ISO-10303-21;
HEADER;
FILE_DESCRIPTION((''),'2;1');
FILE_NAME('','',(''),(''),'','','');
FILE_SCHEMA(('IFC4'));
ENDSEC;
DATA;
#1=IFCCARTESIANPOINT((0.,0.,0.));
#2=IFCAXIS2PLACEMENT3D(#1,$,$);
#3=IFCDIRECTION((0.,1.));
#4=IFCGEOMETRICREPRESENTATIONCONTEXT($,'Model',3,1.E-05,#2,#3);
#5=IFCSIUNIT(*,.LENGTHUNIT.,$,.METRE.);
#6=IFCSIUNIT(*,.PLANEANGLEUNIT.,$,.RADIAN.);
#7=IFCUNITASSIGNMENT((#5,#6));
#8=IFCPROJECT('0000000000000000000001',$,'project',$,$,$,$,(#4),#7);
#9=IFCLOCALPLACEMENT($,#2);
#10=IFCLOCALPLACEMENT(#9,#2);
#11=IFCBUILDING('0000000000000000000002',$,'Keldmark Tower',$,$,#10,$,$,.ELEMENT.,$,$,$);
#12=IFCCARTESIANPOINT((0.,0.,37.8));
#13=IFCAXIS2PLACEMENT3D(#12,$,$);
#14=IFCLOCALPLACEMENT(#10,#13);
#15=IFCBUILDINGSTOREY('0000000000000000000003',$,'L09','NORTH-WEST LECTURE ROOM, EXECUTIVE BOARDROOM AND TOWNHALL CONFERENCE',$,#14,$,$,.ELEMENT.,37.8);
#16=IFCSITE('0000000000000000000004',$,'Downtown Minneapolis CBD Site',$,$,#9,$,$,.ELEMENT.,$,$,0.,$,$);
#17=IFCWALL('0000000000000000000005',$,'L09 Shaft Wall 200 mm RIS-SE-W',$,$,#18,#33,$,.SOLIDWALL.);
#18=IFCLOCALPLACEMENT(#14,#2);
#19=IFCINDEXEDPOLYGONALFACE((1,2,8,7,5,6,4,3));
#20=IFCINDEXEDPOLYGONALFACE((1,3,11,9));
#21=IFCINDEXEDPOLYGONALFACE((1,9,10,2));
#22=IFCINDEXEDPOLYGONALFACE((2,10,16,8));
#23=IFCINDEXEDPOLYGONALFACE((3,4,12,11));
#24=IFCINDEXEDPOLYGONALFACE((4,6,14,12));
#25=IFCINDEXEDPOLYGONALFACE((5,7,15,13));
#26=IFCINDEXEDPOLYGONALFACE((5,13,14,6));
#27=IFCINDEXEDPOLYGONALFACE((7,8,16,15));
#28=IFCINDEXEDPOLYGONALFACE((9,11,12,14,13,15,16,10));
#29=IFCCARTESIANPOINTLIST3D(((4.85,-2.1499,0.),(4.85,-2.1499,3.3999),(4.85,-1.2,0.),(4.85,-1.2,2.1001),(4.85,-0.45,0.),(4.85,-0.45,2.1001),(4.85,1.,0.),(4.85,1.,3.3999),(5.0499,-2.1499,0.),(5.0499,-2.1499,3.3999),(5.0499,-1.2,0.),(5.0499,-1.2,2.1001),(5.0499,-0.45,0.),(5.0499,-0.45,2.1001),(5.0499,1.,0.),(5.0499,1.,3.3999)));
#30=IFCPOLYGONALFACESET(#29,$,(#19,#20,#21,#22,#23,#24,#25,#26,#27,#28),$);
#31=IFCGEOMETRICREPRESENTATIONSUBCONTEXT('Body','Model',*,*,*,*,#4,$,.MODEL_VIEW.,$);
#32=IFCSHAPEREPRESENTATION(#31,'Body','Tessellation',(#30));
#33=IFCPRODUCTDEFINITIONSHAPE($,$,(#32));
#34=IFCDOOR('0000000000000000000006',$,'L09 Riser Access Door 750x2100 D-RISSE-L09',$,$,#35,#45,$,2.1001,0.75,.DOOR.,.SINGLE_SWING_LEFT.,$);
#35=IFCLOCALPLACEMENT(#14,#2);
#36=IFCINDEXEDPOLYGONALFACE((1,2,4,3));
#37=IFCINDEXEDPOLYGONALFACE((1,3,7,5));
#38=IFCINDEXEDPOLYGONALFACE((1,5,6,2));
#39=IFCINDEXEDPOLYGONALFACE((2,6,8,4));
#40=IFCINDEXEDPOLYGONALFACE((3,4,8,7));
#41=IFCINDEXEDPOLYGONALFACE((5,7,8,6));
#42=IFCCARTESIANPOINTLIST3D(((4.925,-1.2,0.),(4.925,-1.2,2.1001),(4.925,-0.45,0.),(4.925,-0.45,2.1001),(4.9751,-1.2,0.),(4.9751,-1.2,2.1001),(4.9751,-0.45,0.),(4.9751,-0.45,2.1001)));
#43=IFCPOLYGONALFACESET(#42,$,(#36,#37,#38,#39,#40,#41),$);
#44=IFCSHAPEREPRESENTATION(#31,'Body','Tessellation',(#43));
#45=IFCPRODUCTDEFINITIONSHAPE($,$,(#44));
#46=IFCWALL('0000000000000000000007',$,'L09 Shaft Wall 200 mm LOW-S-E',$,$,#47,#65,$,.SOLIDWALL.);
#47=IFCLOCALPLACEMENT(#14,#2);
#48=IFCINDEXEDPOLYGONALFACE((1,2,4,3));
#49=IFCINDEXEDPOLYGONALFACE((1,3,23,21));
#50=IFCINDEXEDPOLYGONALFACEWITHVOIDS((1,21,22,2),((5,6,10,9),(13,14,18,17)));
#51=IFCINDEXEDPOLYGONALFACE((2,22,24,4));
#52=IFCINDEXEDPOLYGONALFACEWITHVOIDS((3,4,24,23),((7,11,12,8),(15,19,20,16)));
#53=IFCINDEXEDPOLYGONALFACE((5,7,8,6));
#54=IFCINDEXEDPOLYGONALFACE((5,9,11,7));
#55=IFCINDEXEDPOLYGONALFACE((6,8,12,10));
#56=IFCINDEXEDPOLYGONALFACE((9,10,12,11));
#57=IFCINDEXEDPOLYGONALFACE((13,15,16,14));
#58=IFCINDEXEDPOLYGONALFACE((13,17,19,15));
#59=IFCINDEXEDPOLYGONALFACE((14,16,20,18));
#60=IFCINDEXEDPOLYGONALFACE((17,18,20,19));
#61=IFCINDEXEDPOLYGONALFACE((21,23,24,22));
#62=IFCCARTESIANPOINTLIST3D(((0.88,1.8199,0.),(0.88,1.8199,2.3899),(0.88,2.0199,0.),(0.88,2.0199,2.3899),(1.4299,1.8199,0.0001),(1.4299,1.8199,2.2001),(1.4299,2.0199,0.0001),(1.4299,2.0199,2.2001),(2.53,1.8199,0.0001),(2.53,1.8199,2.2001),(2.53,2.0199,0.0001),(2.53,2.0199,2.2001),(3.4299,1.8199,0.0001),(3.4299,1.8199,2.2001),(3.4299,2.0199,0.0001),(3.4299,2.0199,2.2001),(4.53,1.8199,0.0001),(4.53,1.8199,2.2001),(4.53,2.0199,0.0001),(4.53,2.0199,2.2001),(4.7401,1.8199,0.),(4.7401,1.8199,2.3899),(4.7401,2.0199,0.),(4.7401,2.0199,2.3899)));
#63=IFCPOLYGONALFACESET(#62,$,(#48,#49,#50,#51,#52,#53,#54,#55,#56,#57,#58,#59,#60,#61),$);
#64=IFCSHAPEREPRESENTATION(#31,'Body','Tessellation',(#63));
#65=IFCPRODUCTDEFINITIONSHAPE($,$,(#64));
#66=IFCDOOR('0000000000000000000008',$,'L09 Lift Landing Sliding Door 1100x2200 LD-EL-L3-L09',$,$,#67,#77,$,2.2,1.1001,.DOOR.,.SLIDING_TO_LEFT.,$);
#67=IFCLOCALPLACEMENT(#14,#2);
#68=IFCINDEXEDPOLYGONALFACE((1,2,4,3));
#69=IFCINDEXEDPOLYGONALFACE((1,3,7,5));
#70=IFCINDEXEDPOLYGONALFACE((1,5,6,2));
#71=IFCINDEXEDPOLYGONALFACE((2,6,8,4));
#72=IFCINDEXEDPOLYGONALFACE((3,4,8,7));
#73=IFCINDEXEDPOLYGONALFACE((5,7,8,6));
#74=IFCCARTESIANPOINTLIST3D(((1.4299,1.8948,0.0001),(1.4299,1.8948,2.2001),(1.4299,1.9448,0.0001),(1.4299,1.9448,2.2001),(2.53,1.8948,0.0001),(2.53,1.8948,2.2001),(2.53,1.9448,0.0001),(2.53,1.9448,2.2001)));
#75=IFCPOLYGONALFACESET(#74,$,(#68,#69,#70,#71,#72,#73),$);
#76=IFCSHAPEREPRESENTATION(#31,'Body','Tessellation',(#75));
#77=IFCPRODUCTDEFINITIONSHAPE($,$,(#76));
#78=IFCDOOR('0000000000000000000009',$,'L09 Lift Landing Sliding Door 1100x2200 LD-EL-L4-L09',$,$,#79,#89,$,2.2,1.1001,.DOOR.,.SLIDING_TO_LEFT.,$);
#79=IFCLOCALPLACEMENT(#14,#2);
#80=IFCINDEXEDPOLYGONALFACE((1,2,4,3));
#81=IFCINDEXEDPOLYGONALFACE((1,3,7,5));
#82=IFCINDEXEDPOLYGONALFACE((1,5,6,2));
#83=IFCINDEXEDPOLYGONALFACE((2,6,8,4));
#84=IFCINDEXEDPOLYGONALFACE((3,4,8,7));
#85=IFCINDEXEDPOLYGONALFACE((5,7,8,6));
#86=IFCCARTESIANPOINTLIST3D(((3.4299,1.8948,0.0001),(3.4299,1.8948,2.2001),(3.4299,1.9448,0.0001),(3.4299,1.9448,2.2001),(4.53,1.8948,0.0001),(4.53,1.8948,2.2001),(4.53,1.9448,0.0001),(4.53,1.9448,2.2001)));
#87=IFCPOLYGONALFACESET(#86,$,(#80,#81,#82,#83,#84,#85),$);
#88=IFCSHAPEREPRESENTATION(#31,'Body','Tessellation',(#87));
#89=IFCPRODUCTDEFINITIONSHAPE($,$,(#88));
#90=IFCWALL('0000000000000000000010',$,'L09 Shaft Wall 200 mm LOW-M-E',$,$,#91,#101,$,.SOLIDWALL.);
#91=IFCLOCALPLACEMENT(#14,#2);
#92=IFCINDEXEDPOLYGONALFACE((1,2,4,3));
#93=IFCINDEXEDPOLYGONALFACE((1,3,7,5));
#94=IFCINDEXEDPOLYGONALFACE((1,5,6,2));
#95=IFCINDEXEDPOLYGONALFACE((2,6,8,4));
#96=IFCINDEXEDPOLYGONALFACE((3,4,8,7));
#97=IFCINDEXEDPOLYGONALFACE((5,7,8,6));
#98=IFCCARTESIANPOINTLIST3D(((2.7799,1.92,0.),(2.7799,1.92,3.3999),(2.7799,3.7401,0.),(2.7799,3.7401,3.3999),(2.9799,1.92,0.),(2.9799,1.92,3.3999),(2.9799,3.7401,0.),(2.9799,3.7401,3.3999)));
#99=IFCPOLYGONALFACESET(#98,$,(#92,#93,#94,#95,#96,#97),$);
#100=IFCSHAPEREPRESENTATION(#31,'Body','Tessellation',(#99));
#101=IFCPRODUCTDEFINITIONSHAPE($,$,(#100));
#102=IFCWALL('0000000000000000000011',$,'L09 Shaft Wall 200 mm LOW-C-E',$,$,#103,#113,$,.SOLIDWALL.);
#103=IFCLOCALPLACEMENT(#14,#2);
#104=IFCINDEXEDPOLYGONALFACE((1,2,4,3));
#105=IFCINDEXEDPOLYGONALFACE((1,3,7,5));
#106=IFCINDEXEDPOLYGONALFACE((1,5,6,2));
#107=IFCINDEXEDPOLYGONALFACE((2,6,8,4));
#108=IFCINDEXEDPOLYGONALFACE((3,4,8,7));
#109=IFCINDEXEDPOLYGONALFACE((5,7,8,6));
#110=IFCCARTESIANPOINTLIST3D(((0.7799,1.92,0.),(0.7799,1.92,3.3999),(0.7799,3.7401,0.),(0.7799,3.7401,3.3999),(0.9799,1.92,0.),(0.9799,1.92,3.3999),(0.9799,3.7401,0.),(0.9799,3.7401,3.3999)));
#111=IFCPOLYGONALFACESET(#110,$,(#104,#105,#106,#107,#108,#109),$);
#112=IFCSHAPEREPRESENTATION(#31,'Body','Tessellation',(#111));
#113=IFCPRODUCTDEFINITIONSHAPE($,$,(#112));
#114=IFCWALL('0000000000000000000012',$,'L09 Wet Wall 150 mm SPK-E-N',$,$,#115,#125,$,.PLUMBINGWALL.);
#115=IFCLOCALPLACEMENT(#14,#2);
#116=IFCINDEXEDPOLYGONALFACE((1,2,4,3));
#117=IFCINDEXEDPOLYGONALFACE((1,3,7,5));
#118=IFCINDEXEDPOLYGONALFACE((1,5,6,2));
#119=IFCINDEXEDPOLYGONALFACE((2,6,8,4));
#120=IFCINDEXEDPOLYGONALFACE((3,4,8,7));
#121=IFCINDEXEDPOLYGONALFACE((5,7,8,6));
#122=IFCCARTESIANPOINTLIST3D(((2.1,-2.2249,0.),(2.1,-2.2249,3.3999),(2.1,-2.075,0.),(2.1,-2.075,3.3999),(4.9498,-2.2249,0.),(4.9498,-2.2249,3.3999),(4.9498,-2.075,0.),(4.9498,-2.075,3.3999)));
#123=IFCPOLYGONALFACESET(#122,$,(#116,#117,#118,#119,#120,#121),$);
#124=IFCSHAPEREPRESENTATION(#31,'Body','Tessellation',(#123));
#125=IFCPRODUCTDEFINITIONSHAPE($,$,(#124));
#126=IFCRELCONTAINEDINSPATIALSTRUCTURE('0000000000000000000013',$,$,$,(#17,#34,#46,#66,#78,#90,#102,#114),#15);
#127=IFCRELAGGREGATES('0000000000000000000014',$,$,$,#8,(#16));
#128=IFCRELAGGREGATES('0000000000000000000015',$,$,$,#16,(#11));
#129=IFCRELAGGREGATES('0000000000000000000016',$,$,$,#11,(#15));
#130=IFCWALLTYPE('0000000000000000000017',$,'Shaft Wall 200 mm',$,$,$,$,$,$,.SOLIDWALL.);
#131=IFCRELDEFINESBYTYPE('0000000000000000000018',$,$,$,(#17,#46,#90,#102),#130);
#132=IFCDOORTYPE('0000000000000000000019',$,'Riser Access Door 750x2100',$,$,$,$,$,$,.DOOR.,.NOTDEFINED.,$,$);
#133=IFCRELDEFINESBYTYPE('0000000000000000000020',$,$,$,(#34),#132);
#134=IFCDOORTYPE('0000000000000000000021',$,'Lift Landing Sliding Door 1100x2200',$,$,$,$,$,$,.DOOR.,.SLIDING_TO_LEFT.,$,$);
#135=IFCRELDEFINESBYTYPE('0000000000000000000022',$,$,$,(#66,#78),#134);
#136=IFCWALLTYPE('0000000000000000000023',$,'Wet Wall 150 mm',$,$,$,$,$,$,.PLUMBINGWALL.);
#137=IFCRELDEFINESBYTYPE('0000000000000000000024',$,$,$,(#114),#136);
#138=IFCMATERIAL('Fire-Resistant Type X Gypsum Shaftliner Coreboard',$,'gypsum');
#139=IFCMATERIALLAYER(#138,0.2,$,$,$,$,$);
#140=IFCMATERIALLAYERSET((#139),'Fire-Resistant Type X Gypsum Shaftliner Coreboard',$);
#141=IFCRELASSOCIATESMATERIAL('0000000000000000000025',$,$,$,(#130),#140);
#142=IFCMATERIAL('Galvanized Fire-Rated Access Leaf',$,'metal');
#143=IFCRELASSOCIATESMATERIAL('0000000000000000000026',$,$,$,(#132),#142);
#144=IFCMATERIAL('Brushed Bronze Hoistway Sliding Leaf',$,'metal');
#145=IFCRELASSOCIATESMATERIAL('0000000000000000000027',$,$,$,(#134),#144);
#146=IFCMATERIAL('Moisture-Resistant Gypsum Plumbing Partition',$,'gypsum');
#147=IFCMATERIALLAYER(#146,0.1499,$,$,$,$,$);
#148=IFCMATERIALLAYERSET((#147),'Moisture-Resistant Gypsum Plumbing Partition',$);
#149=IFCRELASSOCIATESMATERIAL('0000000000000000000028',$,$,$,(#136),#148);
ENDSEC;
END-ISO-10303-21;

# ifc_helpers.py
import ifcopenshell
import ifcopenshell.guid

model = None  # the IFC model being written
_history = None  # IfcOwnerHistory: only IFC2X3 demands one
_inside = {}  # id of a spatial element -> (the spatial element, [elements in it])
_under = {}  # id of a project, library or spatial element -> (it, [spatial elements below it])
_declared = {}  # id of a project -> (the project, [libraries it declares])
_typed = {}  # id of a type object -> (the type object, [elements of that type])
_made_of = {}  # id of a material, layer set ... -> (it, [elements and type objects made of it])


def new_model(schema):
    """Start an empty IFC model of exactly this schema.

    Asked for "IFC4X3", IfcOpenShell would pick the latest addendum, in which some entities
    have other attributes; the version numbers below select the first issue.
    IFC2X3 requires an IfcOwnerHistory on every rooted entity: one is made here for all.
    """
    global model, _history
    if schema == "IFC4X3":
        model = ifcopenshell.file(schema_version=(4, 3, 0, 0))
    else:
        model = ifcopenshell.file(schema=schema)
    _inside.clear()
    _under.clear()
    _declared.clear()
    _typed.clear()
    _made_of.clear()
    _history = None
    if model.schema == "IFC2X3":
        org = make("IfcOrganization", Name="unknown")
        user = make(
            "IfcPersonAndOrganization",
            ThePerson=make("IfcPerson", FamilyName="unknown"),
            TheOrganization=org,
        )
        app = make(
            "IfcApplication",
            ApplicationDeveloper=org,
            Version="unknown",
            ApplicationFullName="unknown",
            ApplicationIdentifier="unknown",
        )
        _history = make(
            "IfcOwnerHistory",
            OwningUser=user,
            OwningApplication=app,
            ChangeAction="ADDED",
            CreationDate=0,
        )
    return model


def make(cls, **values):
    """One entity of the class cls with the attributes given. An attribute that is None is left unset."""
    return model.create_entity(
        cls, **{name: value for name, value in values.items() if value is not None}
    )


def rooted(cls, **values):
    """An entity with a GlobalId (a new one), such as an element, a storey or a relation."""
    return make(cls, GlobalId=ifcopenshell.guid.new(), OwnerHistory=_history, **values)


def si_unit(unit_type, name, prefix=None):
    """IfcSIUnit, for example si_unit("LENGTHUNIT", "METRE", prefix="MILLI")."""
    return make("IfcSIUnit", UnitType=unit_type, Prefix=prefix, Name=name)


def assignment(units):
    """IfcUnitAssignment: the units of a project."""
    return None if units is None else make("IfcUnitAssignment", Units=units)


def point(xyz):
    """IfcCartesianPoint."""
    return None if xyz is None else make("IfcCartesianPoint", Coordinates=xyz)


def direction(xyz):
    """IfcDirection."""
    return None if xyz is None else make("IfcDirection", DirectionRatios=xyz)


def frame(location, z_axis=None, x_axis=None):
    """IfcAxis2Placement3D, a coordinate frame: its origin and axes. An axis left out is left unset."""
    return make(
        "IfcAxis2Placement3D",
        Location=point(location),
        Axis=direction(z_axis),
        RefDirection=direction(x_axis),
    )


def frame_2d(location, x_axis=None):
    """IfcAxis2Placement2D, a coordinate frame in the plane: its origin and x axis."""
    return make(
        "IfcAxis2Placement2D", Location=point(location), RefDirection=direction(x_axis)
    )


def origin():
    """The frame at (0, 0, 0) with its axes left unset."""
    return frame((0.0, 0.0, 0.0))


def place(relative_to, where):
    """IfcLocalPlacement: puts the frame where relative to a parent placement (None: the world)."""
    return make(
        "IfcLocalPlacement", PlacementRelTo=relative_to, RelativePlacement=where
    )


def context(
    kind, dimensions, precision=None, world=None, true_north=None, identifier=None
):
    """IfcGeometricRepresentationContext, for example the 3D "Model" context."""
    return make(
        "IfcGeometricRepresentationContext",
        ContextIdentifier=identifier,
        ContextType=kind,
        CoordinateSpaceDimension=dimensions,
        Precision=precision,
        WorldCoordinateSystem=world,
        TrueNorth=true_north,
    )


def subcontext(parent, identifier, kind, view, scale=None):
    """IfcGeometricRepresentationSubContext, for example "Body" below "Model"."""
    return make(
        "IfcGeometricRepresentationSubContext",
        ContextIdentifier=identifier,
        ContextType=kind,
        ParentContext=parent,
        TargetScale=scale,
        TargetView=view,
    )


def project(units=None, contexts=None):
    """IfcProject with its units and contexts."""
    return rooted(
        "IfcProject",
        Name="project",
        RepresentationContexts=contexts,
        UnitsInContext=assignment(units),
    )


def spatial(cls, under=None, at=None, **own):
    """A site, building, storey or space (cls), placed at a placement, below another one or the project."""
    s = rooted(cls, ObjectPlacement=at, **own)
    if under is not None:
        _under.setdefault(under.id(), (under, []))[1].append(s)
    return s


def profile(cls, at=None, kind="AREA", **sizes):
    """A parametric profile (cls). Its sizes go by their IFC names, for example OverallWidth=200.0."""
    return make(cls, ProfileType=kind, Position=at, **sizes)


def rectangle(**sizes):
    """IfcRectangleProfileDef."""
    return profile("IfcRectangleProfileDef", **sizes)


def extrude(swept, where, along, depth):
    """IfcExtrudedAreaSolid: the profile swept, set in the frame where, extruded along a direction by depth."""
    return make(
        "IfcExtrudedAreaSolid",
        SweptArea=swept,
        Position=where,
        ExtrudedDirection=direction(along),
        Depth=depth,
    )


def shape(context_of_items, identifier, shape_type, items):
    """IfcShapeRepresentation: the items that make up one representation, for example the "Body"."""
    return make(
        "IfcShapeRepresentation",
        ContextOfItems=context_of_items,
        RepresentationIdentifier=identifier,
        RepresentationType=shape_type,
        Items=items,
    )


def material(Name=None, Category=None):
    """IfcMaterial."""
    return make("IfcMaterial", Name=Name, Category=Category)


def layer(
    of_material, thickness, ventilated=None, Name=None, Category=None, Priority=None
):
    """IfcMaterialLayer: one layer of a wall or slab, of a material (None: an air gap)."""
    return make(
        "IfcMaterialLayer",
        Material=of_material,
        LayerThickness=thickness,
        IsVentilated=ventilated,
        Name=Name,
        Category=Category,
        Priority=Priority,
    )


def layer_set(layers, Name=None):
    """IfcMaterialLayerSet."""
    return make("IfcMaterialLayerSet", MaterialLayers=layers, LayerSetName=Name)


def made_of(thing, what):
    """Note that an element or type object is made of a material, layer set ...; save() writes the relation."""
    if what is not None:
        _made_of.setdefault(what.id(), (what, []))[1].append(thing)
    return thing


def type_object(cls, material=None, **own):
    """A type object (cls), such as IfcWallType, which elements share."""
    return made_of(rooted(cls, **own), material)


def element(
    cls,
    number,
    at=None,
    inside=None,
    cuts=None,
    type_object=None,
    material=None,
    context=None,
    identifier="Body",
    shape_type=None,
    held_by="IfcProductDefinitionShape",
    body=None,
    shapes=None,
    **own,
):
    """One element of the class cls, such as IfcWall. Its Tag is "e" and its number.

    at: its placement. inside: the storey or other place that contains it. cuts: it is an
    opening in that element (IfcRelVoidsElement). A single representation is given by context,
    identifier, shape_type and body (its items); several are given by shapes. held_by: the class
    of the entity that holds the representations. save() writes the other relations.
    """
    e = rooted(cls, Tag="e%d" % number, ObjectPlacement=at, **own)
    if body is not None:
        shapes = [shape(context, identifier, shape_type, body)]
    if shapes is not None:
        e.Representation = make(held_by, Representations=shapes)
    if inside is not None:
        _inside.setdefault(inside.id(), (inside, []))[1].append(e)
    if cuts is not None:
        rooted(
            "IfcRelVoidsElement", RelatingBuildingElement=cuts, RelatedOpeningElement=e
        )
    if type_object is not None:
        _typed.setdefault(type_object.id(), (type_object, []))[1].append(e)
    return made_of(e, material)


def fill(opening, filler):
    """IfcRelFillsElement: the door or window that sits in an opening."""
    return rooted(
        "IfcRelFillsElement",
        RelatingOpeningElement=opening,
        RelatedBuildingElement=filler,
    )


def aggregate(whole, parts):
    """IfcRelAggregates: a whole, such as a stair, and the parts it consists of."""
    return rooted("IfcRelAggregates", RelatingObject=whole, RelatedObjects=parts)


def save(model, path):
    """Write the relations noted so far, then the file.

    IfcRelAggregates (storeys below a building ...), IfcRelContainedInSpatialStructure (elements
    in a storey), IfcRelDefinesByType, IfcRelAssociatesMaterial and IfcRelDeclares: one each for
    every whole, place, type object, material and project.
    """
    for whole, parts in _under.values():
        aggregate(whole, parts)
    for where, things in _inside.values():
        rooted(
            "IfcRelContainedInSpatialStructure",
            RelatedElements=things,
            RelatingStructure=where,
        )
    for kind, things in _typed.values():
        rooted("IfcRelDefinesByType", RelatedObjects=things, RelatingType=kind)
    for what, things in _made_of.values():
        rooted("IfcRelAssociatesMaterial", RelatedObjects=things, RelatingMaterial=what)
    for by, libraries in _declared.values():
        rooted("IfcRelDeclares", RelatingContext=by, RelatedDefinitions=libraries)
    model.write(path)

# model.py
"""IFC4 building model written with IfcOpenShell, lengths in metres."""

from ifc_helpers import new_model, si_unit, direction, frame, frame_2d, origin, place, context, subcontext, project, spatial, rectangle, extrude, material, layer, layer_set, type_object, element, fill, save


model = new_model("IFC4")

# Units and contexts
model_context = context("Model", 3, precision=1e-05, world=origin(), true_north=direction((0.0, 1.0)))
body_context = subcontext(model_context, "Body", "Model", "MODEL_VIEW")
ifc_project = project(units=[si_unit("LENGTHUNIT", "METRE"), si_unit("PLANEANGLEUNIT", "RADIAN")], contexts=[model_context])

# Site, building, storey
site_placement = place(None, origin())
site = spatial("IfcSite", under=ifc_project, at=site_placement, Name="Downtown Minneapolis CBD Site", CompositionType="ELEMENT", RefElevation=0.0)
building_placement = place(site_placement, origin())
building = spatial("IfcBuilding", under=site, at=building_placement, Name="Keldmark Tower", CompositionType="ELEMENT")
storey_placement = place(building_placement, frame((0.0, 0.0, 37.8)))
storey = spatial("IfcBuildingStorey", under=building, at=storey_placement, Name="L09", Description="NORTH-WEST LECTURE ROOM, EXECUTIVE BOARDROOM AND TOWNHALL CONFERENCE", CompositionType="ELEMENT", Elevation=37.8)

# Shared definitions
ifc_material_1 = material(Name="Fire-Resistant Type X Gypsum Shaftliner Coreboard", Category="gypsum")
ifc_layer_1 = layer(ifc_material_1, 0.2)
ifc_layer_set_1 = layer_set([ifc_layer_1], Name="Fire-Resistant Type X Gypsum Shaftliner Coreboard")
wall_type_1 = type_object("IfcWallType", Name="Shaft Wall 200 mm", PredefinedType="SOLIDWALL", material=ifc_layer_set_1)

# Wall, opening, door
wall_1_placement = place(storey_placement, frame((4.95, -2.1499, 0.0), z_axis=(0.0, 0.0, 1.0), x_axis=(0.0, 1.0, 0.0)))
wall_1 = element("IfcWall", 1, at=wall_1_placement, inside=storey, type_object=wall_type_1, Name="L09 Shaft Wall 200 mm RIS-SE-W", PredefinedType="SOLIDWALL", context=body_context, shape_type="SweptSolid", body=[
    extrude(rectangle(XDim=3.1499, YDim=0.2, at=frame_2d((1.575, 0.0))), origin(), (0.0, 0.0, 1.0), 3.3999),
])
opening_1_placement = place(wall_1_placement, frame((0.95, 0.0, 0.0)))
opening_1 = element("IfcOpeningElement", 2, at=opening_1_placement, cuts=wall_1, PredefinedType="OPENING", context=body_context, shape_type="SweptSolid", body=[
    extrude(rectangle(XDim=0.75, YDim=2.1001, at=frame_2d((0.375, 1.05))), frame((0.0, 0.1099, 0.0), z_axis=(0.0, -1.0, 0.0), x_axis=(1.0, 0.0, 0.0)), (0.0, 0.0, 1.0), 0.22),
])
ifc_material_2 = material(Name="Galvanized Fire-Rated Access Leaf", Category="metal")
door_type_1 = type_object("IfcDoorType", Name="Riser Access Door 750x2100", OperationType="NOTDEFINED", PredefinedType="DOOR", material=ifc_material_2)
door_1_placement = place(opening_1_placement, origin())
door_1 = element("IfcDoor", 3, at=door_1_placement, inside=storey, type_object=door_type_1, Name="L09 Riser Access Door 750x2100 D-RISSE-L09", OperationType="SINGLE_SWING_LEFT", OverallHeight=2.1001, OverallWidth=0.75, PredefinedType="DOOR", context=body_context, shape_type="SweptSolid", body=[
    extrude(rectangle(XDim=0.75, YDim=2.1001, at=frame_2d((0.375, 1.05))), frame((0.0, 0.0249, 0.0), z_axis=(0.0, -1.0, 0.0), x_axis=(1.0, 0.0, 0.0)), (0.0, 0.0, 1.0), 0.05),
])
fill(opening_1, door_1)

# Wall, openings, doors
wall_2_placement = place(storey_placement, frame((0.8799, 1.9199, 0.0), z_axis=(0.0, 0.0, 1.0), x_axis=(1.0, 0.0, 0.0)))
wall_2 = element("IfcWall", 4, at=wall_2_placement, inside=storey, type_object=wall_type_1, Name="L09 Shaft Wall 200 mm LOW-S-E", PredefinedType="SOLIDWALL", context=body_context, shape_type="SweptSolid", body=[
    extrude(rectangle(XDim=3.8601, YDim=0.2, at=frame_2d((1.9302, 0.0))), origin(), (0.0, 0.0, 1.0), 2.3899),
])
opening_2_placement = place(wall_2_placement, frame((0.55, 0.0, 0.0)))
opening_2 = element("IfcOpeningElement", 5, at=opening_2_placement, cuts=wall_2, PredefinedType="OPENING", context=body_context, shape_type="SweptSolid", body=[
    extrude(rectangle(XDim=1.1001, YDim=2.2, at=frame_2d((0.55, 1.1001))), frame((0.0, 0.1099, 0.0), z_axis=(0.0, -1.0, 0.0), x_axis=(1.0, 0.0, 0.0)), (0.0, 0.0, 1.0), 0.22),
])
opening_3_placement = place(wall_2_placement, frame((2.55, 0.0, 0.0)))
opening_3 = element("IfcOpeningElement", 6, at=opening_3_placement, cuts=wall_2, PredefinedType="OPENING", context=body_context, shape_type="SweptSolid", body=[
    extrude(rectangle(XDim=1.1001, YDim=2.2, at=frame_2d((0.55, 1.1001))), frame((0.0, 0.1099, 0.0), z_axis=(0.0, -1.0, 0.0), x_axis=(1.0, 0.0, 0.0)), (0.0, 0.0, 1.0), 0.22),
])
ifc_material_3 = material(Name="Brushed Bronze Hoistway Sliding Leaf", Category="metal")
door_type_2 = type_object("IfcDoorType", Name="Lift Landing Sliding Door 1100x2200", OperationType="SLIDING_TO_LEFT", PredefinedType="DOOR", material=ifc_material_3)
door_2_placement = place(opening_2_placement, origin())
door_2 = element("IfcDoor", 7, at=door_2_placement, inside=storey, type_object=door_type_2, Name="L09 Lift Landing Sliding Door 1100x2200 LD-EL-L3-L09", OperationType="SLIDING_TO_LEFT", OverallHeight=2.2, OverallWidth=1.1001, PredefinedType="DOOR", context=body_context, shape_type="SweptSolid", body=[
    extrude(rectangle(XDim=1.1001, YDim=2.2, at=frame_2d((0.55, 1.1001))), frame((0.0, 0.0249, 0.0), z_axis=(0.0, -1.0, 0.0), x_axis=(1.0, 0.0, 0.0)), (0.0, 0.0, 1.0), 0.05),
])
fill(opening_2, door_2)
door_3_placement = place(opening_3_placement, origin())
door_3 = element("IfcDoor", 8, at=door_3_placement, inside=storey, type_object=door_type_2, Name="L09 Lift Landing Sliding Door 1100x2200 LD-EL-L4-L09", OperationType="SLIDING_TO_LEFT", OverallHeight=2.2, OverallWidth=1.1001, PredefinedType="DOOR", context=body_context, shape_type="SweptSolid", body=[
    extrude(rectangle(XDim=1.1001, YDim=2.2, at=frame_2d((0.55, 1.1001))), frame((0.0, 0.0249, 0.0), z_axis=(0.0, -1.0, 0.0), x_axis=(1.0, 0.0, 0.0)), (0.0, 0.0, 1.0), 0.05),
])
fill(opening_3, door_3)

# Walls
for number, where, z_axis, x_axis, name in (
    (9, (2.8799, 1.9199, 0.0), (0.0, 0.0, 1.0), (0.0, 1.0, 0.0), "L09 Shaft Wall 200 mm LOW-M-E"),
    (10, (0.8799, 1.9199, 0.0), (0.0, 0.0, 1.0), (0.0, 1.0, 0.0), "L09 Shaft Wall 200 mm LOW-C-E"),
):
    element("IfcWall", number, at=place(storey_placement, frame(where, z_axis=z_axis, x_axis=x_axis)), inside=storey, type_object=wall_type_1, Name=name, PredefinedType="SOLIDWALL", context=body_context, shape_type="SweptSolid", body=[
        extrude(rectangle(XDim=1.8201, YDim=0.2, at=frame_2d((0.9102, 0.0))), origin(), (0.0, 0.0, 1.0), 3.3999),
    ])
ifc_material_4 = material(Name="Moisture-Resistant Gypsum Plumbing Partition", Category="gypsum")
ifc_layer_2 = layer(ifc_material_4, 0.1499)
ifc_layer_set_2 = layer_set([ifc_layer_2], Name="Moisture-Resistant Gypsum Plumbing Partition")
wall_type_2 = type_object("IfcWallType", Name="Wet Wall 150 mm", PredefinedType="PLUMBINGWALL", material=ifc_layer_set_2)
wall_3_placement = place(storey_placement, frame((2.1001, -2.1499, 0.0), z_axis=(0.0, 0.0, 1.0), x_axis=(1.0, 0.0, 0.0)))
element("IfcWall", 11, at=wall_3_placement, inside=storey, type_object=wall_type_2, Name="L09 Wet Wall 150 mm SPK-E-N", PredefinedType="PLUMBINGWALL", context=body_context, shape_type="SweptSolid", body=[
    extrude(rectangle(XDim=2.8499, YDim=0.1499, at=frame_2d((1.4248, 0.0))), origin(), (0.0, 0.0, 1.0), 3.3999),
])

save(model, "model.ifc")
